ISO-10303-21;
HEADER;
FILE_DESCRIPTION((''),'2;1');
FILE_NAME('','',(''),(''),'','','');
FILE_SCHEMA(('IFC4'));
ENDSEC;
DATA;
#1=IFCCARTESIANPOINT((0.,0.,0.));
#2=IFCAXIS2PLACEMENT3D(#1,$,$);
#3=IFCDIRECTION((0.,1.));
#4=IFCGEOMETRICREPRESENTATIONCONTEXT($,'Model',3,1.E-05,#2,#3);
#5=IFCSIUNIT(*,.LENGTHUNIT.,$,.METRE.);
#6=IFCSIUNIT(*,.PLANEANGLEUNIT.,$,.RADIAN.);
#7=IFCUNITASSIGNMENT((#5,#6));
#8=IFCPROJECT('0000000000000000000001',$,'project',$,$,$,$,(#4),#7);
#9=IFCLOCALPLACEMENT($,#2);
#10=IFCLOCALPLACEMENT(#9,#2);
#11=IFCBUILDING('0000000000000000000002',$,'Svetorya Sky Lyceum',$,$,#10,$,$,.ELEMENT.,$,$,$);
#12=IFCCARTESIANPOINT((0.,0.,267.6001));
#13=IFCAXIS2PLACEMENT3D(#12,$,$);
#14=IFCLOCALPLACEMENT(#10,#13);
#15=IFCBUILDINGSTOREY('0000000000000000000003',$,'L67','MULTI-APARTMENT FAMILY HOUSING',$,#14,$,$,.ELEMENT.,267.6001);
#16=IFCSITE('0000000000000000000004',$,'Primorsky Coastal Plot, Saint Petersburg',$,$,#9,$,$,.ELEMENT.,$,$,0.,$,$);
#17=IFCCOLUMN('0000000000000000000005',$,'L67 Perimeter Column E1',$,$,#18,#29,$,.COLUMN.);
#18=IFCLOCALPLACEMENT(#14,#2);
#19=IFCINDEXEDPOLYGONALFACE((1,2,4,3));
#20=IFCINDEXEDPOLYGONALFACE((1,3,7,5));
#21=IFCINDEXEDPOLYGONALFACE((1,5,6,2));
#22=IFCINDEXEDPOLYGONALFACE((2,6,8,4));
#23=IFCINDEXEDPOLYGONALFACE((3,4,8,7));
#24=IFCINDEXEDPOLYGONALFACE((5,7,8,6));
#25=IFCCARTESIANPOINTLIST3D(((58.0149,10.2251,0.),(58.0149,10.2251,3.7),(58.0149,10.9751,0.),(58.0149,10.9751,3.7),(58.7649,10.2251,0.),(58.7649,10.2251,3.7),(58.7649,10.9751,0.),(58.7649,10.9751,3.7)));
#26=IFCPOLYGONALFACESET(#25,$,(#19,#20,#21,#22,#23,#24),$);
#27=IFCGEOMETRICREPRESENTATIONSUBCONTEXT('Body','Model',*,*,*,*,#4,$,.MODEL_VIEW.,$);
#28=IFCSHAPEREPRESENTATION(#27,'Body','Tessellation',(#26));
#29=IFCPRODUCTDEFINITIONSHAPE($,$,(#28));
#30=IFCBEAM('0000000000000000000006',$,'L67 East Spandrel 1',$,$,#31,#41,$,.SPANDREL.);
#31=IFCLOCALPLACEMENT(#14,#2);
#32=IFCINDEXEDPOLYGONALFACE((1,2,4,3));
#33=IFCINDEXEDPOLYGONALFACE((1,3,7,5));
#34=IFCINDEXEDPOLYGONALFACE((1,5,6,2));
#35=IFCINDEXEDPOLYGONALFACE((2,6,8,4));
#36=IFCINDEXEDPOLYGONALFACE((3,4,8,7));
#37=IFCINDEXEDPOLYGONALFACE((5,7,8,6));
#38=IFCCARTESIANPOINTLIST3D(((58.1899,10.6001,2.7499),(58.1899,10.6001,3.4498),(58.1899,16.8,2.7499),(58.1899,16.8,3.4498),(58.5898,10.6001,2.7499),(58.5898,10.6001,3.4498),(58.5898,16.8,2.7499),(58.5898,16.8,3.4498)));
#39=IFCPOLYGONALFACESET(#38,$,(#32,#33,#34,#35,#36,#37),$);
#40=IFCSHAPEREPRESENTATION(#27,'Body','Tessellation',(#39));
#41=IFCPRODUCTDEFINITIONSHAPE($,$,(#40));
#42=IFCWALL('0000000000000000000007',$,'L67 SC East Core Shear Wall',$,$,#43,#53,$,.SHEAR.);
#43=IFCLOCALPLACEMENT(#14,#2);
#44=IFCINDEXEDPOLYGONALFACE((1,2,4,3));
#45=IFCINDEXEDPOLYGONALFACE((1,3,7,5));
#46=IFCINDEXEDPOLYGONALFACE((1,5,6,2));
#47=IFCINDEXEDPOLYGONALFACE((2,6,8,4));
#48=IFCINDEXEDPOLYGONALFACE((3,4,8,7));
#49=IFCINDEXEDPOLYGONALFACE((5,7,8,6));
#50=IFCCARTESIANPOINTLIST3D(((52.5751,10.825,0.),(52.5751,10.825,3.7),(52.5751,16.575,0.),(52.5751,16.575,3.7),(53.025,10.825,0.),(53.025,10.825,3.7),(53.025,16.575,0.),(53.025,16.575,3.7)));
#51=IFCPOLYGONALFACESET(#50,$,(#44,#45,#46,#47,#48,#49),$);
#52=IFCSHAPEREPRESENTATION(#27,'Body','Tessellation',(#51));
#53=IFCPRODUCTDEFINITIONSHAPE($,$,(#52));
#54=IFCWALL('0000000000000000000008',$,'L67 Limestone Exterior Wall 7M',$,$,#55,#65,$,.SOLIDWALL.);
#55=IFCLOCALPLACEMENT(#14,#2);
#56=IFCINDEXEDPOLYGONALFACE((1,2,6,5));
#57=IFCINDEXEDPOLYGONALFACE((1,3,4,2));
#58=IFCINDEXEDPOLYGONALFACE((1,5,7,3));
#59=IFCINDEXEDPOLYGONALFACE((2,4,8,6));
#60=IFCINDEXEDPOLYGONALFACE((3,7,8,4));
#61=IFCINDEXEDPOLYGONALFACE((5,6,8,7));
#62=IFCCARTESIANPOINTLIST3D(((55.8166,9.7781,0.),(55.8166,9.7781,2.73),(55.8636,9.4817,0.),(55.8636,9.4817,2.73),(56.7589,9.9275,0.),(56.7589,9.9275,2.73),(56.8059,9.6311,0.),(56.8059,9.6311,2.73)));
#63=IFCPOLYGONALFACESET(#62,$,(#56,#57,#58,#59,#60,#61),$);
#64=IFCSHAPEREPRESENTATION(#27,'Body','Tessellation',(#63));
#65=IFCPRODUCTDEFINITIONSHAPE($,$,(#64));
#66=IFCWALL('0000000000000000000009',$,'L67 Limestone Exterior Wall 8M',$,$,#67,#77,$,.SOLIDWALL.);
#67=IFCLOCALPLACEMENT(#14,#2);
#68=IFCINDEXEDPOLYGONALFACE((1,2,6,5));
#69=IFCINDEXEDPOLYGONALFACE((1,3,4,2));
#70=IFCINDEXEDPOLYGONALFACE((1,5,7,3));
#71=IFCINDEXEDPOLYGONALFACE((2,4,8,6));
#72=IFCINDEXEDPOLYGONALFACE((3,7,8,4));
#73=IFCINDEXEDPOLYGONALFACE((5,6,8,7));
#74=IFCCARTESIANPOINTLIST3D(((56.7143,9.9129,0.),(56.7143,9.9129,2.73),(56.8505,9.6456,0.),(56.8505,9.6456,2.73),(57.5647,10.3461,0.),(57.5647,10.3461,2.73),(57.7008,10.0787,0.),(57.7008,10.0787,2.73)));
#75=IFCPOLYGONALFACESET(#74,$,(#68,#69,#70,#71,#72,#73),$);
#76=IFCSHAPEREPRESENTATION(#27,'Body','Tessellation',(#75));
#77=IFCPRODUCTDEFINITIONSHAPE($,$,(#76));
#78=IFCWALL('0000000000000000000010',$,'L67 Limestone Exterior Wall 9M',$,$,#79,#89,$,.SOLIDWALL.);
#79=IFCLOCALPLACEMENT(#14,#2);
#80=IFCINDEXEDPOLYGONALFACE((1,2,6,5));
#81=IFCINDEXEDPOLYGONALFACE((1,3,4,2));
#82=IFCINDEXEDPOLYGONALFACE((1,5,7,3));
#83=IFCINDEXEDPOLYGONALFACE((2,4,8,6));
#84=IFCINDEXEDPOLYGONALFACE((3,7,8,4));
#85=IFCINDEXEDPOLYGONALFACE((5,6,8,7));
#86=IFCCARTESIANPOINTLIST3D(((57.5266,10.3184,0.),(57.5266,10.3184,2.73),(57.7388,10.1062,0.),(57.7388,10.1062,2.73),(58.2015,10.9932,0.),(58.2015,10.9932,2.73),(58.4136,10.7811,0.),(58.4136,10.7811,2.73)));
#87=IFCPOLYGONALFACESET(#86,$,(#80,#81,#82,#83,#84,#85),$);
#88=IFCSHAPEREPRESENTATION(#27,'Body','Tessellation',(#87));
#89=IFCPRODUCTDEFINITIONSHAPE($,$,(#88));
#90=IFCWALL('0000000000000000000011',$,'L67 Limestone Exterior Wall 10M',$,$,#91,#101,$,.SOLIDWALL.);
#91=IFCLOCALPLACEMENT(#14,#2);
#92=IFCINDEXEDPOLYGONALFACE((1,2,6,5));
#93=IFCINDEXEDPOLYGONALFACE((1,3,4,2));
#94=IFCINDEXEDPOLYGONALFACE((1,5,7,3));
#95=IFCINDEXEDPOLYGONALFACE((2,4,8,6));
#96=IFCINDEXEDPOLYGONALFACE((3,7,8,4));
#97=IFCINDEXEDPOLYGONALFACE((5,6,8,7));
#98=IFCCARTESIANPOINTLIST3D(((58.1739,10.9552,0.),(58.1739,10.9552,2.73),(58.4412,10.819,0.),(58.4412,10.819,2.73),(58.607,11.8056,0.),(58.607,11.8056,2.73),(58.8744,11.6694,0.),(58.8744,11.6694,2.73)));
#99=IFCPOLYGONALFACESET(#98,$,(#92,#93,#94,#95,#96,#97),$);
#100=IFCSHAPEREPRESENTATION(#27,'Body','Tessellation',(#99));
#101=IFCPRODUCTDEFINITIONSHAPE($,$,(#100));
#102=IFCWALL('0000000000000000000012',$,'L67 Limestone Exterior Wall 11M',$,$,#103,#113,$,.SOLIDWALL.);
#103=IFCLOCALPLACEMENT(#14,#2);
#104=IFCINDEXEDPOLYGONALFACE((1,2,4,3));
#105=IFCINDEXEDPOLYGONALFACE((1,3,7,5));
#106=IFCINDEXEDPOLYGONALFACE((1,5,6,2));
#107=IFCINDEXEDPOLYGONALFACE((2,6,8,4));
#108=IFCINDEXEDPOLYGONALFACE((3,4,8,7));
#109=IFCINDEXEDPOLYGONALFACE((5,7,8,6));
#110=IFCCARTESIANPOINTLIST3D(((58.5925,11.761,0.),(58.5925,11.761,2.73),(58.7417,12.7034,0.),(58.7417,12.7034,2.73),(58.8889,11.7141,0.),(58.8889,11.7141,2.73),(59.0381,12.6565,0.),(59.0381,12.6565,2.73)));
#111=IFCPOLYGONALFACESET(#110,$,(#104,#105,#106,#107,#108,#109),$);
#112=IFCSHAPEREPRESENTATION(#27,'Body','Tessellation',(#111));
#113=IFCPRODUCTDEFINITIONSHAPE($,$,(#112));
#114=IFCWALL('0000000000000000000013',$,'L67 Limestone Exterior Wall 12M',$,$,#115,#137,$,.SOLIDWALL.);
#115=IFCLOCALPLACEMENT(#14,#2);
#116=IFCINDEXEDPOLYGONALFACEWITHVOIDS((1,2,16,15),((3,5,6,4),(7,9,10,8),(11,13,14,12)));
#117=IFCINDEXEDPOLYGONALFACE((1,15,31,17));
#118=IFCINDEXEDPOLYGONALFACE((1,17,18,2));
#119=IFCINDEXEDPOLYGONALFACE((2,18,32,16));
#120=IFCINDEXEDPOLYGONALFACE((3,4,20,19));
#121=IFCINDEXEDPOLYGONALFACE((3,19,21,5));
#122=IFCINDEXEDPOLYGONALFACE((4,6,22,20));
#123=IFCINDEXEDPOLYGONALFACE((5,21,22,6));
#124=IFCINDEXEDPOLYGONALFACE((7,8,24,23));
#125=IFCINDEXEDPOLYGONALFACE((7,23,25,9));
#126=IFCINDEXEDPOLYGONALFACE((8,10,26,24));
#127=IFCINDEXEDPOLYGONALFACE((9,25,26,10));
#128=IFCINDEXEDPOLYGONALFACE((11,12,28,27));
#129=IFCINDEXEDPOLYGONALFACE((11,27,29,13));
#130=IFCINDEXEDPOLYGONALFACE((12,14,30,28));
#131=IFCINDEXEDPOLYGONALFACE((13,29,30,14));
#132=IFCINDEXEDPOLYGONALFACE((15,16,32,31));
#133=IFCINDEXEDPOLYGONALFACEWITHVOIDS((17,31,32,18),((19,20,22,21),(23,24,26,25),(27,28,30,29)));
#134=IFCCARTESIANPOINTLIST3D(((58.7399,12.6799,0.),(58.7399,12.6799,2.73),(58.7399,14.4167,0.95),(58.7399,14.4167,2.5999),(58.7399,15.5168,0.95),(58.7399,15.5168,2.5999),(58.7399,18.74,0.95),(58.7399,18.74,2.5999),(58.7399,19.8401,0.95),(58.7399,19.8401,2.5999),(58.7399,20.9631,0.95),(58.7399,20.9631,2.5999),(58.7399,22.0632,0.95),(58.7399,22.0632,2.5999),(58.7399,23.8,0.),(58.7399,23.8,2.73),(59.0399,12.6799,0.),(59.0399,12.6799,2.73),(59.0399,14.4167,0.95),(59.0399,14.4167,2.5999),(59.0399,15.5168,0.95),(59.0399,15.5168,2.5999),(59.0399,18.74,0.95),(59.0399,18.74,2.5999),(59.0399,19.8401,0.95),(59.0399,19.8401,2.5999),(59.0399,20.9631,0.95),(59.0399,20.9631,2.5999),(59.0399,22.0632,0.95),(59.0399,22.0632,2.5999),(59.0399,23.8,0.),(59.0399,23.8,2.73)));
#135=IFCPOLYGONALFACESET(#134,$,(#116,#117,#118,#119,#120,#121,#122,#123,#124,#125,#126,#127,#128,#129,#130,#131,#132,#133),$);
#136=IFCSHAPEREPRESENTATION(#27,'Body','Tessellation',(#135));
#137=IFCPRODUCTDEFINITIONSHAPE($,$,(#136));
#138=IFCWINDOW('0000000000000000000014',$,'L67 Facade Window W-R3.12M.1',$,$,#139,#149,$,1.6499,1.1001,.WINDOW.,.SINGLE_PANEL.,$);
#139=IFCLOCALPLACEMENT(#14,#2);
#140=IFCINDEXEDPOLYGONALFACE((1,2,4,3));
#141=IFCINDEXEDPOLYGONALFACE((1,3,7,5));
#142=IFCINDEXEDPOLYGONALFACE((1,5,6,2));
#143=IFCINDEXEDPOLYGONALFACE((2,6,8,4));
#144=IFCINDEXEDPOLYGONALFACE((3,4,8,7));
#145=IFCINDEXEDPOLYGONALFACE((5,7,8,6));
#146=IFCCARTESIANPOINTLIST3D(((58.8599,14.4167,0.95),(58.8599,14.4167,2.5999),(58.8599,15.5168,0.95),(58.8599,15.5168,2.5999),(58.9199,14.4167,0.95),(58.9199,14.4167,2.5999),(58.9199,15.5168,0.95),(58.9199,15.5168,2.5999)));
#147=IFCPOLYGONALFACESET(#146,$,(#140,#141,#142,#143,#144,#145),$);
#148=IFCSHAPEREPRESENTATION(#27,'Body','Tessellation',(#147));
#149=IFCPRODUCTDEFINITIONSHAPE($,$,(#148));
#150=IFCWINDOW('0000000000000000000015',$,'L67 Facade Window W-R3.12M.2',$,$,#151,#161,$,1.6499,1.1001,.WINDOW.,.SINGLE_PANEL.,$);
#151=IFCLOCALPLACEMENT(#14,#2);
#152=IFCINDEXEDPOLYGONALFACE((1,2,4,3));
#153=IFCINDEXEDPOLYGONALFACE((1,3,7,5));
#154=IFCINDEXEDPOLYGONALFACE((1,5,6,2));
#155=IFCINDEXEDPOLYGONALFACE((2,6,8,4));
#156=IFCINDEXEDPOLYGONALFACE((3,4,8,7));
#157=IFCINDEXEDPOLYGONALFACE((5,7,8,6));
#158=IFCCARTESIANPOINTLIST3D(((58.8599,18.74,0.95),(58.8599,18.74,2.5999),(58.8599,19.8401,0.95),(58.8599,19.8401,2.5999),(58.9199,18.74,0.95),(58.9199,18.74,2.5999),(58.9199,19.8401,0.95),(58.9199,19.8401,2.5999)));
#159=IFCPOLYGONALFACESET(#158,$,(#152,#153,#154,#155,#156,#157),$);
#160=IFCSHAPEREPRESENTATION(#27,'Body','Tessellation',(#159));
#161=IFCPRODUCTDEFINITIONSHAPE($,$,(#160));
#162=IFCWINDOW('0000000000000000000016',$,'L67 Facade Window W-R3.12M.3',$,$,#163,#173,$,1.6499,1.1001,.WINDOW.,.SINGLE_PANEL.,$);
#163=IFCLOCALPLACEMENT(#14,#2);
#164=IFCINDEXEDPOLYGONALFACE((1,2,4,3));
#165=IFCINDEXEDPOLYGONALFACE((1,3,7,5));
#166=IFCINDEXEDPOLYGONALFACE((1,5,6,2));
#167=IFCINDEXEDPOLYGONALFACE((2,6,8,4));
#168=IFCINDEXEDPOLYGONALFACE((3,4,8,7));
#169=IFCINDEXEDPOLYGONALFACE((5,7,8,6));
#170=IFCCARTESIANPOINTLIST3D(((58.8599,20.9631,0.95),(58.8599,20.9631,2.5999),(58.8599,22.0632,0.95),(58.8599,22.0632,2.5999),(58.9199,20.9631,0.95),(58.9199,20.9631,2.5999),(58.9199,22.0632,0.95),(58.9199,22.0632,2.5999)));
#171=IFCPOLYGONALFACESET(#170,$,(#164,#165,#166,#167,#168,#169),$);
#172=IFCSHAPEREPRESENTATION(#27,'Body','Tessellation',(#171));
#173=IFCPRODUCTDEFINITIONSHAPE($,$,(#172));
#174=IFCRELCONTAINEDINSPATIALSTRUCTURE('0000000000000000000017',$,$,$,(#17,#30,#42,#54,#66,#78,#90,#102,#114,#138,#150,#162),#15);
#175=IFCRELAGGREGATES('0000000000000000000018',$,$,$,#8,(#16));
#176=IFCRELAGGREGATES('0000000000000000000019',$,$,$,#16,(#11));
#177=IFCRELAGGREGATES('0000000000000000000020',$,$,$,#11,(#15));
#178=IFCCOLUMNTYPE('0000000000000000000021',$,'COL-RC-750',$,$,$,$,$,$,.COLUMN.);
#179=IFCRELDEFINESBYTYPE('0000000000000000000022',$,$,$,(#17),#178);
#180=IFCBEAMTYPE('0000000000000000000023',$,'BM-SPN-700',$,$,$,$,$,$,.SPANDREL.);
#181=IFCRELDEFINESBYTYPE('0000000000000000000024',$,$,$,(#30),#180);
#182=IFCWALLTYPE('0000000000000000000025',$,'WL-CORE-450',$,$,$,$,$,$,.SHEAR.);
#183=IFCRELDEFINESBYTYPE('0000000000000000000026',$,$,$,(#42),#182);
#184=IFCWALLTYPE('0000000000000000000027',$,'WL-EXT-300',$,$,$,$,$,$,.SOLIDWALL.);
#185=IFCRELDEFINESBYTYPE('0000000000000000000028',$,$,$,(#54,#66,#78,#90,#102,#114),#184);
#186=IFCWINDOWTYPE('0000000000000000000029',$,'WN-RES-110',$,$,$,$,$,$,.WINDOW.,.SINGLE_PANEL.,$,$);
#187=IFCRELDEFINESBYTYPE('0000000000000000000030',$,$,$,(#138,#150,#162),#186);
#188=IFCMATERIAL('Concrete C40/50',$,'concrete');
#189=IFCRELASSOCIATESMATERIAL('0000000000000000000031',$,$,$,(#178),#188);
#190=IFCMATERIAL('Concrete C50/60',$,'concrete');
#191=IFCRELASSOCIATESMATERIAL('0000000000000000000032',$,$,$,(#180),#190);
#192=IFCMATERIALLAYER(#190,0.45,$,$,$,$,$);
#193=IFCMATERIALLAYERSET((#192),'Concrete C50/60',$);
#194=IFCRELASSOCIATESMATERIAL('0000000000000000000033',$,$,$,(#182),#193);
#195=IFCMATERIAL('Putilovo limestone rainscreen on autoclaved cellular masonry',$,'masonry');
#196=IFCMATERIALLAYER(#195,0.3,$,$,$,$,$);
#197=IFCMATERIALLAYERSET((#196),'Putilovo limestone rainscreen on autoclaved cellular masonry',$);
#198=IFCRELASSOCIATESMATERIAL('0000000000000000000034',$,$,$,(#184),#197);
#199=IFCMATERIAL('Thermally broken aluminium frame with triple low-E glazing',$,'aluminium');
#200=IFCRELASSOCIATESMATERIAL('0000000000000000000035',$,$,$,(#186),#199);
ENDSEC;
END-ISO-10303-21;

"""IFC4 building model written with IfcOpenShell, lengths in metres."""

from ifc_helpers import new_model, si_unit, direction, frame, frame_2d, origin, origin_2d, place, context, subcontext, project, spatial, rectangle, extrude, material, layer, layer_set, material_profile, profile_set, type_object, element, fill, save


model = new_model("IFC4")

# Units and contexts
model_context = context("Model", 3, precision=1e-05, world=origin(), true_north=direction((0.0, 1.0)))
body_context = subcontext(model_context, "Body", "Model", "MODEL_VIEW")
ifc_project = project(units=[si_unit("LENGTHUNIT", "METRE"), si_unit("PLANEANGLEUNIT", "RADIAN")], contexts=[model_context])

# Site, building, storey
site_placement = place(None, origin())
site = spatial("IfcSite", under=ifc_project, at=site_placement, Name="Primorsky Coastal Plot, Saint Petersburg", CompositionType="ELEMENT", RefElevation=0.0)
building_placement = place(site_placement, origin())
building = spatial("IfcBuilding", under=site, at=building_placement, Name="Svetorya Sky Lyceum", CompositionType="ELEMENT")
storey_placement = place(building_placement, frame((0.0, 0.0, 267.6001)))
storey = spatial("IfcBuildingStorey", under=building, at=storey_placement, Name="L67", Description="MULTI-APARTMENT FAMILY HOUSING", CompositionType="ELEMENT", Elevation=267.6001)

# Column
ifc_material_1 = material(Name="Concrete C40/50", Category="concrete")
ifc_material_profile_1 = material_profile(ifc_material_1, rectangle(XDim=0.75, YDim=0.75, at=origin_2d()), Name="RC COL 750x750")
ifc_profile_set_1 = profile_set([ifc_material_profile_1], Name="Concrete C40/50")
column_type = type_object("IfcColumnType", Name="COL-RC-750", PredefinedType="COLUMN", material=ifc_profile_set_1)
column_placement = place(storey_placement, frame((58.3899, 10.6001, 0.0), z_axis=(0.0, 0.0, 1.0), x_axis=(1.0, 0.0, 0.0)))
element("IfcColumn", 1, at=column_placement, inside=storey, type_object=column_type, Name="L67 Perimeter Column E1", PredefinedType="COLUMN", context=body_context, shape_type="SweptSolid", body=[
    extrude(rectangle(XDim=0.75, YDim=0.75, at=origin_2d()), origin(), (0.0, 0.0, 1.0), 3.7),
])

# Beam
ifc_material_2 = material(Name="Concrete C50/60", Category="concrete")
ifc_material_profile_2 = material_profile(ifc_material_2, rectangle(XDim=0.3999, YDim=0.7, at=origin_2d()), Name="RC SPANDREL 400x700")
ifc_profile_set_2 = profile_set([ifc_material_profile_2], Name="Concrete C50/60")
beam_type = type_object("IfcBeamType", Name="BM-SPN-700", PredefinedType="SPANDREL", material=ifc_profile_set_2)
beam_placement = place(storey_placement, frame((58.3899, 10.6001, 3.0999), z_axis=(0.0, 1.0, 0.0), x_axis=(-1.0, 0.0, 0.0)))
element("IfcBeam", 2, at=beam_placement, inside=storey, type_object=beam_type, Name="L67 East Spandrel 1", PredefinedType="SPANDREL", context=body_context, shape_type="SweptSolid", body=[
    extrude(rectangle(XDim=0.3999, YDim=0.7, at=origin_2d()), origin(), (0.0, 0.0, 1.0), 6.2),
])

# Walls
ifc_layer_1 = layer(ifc_material_2, 0.45)
ifc_layer_set_1 = layer_set([ifc_layer_1], Name="Concrete C50/60")
wall_type_1 = type_object("IfcWallType", Name="WL-CORE-450", PredefinedType="SHEAR", material=ifc_layer_set_1)
wall_1_placement = place(storey_placement, frame((52.8, 10.825, 0.0), z_axis=(0.0, 0.0, 1.0), x_axis=(0.0, 1.0, 0.0)))
element("IfcWall", 3, at=wall_1_placement, inside=storey, type_object=wall_type_1, Name="L67 SC East Core Shear Wall", PredefinedType="SHEAR", context=body_context, shape_type="SweptSolid", body=[
    extrude(rectangle(XDim=5.75, YDim=0.45, at=frame_2d((2.875, 0.0))), origin(), (0.0, 0.0, 1.0), 3.7),
])
ifc_material_3 = material(Name="Putilovo limestone rainscreen on autoclaved cellular masonry", Category="masonry")
ifc_layer_2 = layer(ifc_material_3, 0.3)
ifc_layer_set_2 = layer_set([ifc_layer_2], Name="Putilovo limestone rainscreen on autoclaved cellular masonry")
wall_type_2 = type_object("IfcWallType", Name="WL-EXT-300", PredefinedType="SOLIDWALL", material=ifc_layer_set_2)
wall_2_placement = place(storey_placement, frame((55.8401, 9.6299, 0.0), z_axis=(0.0, 0.0, 1.0), x_axis=(0.987663, 0.156593, 0.0)))
element("IfcWall", 4, at=wall_2_placement, inside=storey, type_object=wall_type_2, Name="L67 Limestone Exterior Wall 7M", PredefinedType="SOLIDWALL", context=body_context, shape_type="SweptSolid", body=[
    extrude(rectangle(XDim=0.9541, YDim=0.3, at=frame_2d((0.4771, 0.0))), origin(), (0.0, 0.0, 1.0), 2.73),
])
for number, where, z_axis, x_axis, name in (
    (5, (56.7825, 9.7793, 0.0), (0.0, 0.0, 1.0), (0.891077, 0.453853, 0.0), "L67 Limestone Exterior Wall 8M"),
    (6, (57.6328, 10.2124, 0.0), (0.0, 0.0, 1.0), (0.707107, 0.707107, 0.0), "L67 Limestone Exterior Wall 9M"),
    (7, (58.3076, 10.8872, 0.0), (0.0, 0.0, 1.0), (0.453853, 0.891077, 0.0), "L67 Limestone Exterior Wall 10M"),
):
    element("IfcWall", number, at=place(storey_placement, frame(where, z_axis=z_axis, x_axis=x_axis)), inside=storey, type_object=wall_type_2, Name=name, PredefinedType="SOLIDWALL", context=body_context, shape_type="SweptSolid", body=[
        extrude(rectangle(XDim=0.9543, YDim=0.3, at=frame_2d((0.4771, 0.0))), origin(), (0.0, 0.0, 1.0), 2.73),
    ])
wall_3_placement = place(storey_placement, frame((58.7407, 11.7375, 0.0), z_axis=(0.0, 0.0, 1.0), x_axis=(0.156344, 0.987703, 0.0)))
element("IfcWall", 8, at=wall_3_placement, inside=storey, type_object=wall_type_2, Name="L67 Limestone Exterior Wall 11M", PredefinedType="SOLIDWALL", context=body_context, shape_type="SweptSolid", body=[
    extrude(rectangle(XDim=0.9541, YDim=0.3, at=frame_2d((0.4771, 0.0))), origin(), (0.0, 0.0, 1.0), 2.73),
])

# Wall, openings, windows
wall_4_placement = place(storey_placement, frame((58.8899, 12.6799, 0.0), z_axis=(0.0, 0.0, 1.0), x_axis=(0.0, 1.0, 0.0)))
wall_4 = element("IfcWall", 9, at=wall_4_placement, inside=storey, type_object=wall_type_2, Name="L67 Limestone Exterior Wall 12M", PredefinedType="SOLIDWALL", context=body_context, shape_type="SweptSolid", body=[
    extrude(rectangle(XDim=11.1201, YDim=0.3, at=frame_2d((5.5601, 0.0))), origin(), (0.0, 0.0, 1.0), 2.73),
])
opening_1_placement = place(wall_4_placement, frame((1.7368, 0.0, 0.95)))
opening_1 = element("IfcOpeningElement", 10, at=opening_1_placement, cuts=wall_4, PredefinedType="OPENING", context=body_context, shape_type="SweptSolid", body=[
    extrude(rectangle(XDim=1.1001, YDim=1.6499, at=frame_2d((0.55, 0.825))), frame((0.0, 0.1599, 0.0), z_axis=(0.0, -1.0, 0.0), x_axis=(1.0, 0.0, 0.0)), (0.0, 0.0, 1.0), 0.3201),
])
opening_2_placement = place(wall_4_placement, frame((6.0601, 0.0, 0.95)))
opening_2 = element("IfcOpeningElement", 11, at=opening_2_placement, cuts=wall_4, PredefinedType="OPENING", context=body_context, shape_type="SweptSolid", body=[
    extrude(rectangle(XDim=1.1001, YDim=1.6499, at=frame_2d((0.55, 0.825))), frame((0.0, 0.1599, 0.0), z_axis=(0.0, -1.0, 0.0), x_axis=(1.0, 0.0, 0.0)), (0.0, 0.0, 1.0), 0.3201),
])
opening_3_placement = place(wall_4_placement, frame((8.2832, 0.0, 0.95)))
opening_3 = element("IfcOpeningElement", 12, at=opening_3_placement, cuts=wall_4, PredefinedType="OPENING", context=body_context, shape_type="SweptSolid", body=[
    extrude(rectangle(XDim=1.1001, YDim=1.6499, at=frame_2d((0.55, 0.825))), frame((0.0, 0.1599, 0.0), z_axis=(0.0, -1.0, 0.0), x_axis=(1.0, 0.0, 0.0)), (0.0, 0.0, 1.0), 0.3201),
])
ifc_material_4 = material(Name="Thermally broken aluminium frame with triple low-E glazing", Category="aluminium")
window_type = type_object("IfcWindowType", Name="WN-RES-110", PartitioningType="SINGLE_PANEL", PredefinedType="WINDOW", material=ifc_material_4)
window_1_placement = place(opening_1_placement, origin())
window_1 = element("IfcWindow", 13, at=window_1_placement, inside=storey, type_object=window_type, Name="L67 Facade Window W-R3.12M.1", OverallHeight=1.6499, OverallWidth=1.1001, PartitioningType="SINGLE_PANEL", PredefinedType="WINDOW", context=body_context, shape_type="SweptSolid", body=[
    extrude(rectangle(XDim=1.1001, YDim=1.6499, at=frame_2d((0.55, 0.825))), frame((0.0, 0.03, 0.0), z_axis=(0.0, -1.0, 0.0), x_axis=(1.0, 0.0, 0.0)), (0.0, 0.0, 1.0), 0.0601),
])
fill(opening_1, window_1)
window_2_placement = place(opening_2_placement, origin())
window_2 = element("IfcWindow", 14, at=window_2_placement, inside=storey, type_object=window_type, Name="L67 Facade Window W-R3.12M.2", OverallHeight=1.6499, OverallWidth=1.1001, PartitioningType="SINGLE_PANEL", PredefinedType="WINDOW", context=body_context, shape_type="SweptSolid", body=[
    extrude(rectangle(XDim=1.1001, YDim=1.6499, at=frame_2d((0.55, 0.825))), frame((0.0, 0.03, 0.0), z_axis=(0.0, -1.0, 0.0), x_axis=(1.0, 0.0, 0.0)), (0.0, 0.0, 1.0), 0.0601),
])
fill(opening_2, window_2)
window_3_placement = place(opening_3_placement, origin())
window_3 = element("IfcWindow", 15, at=window_3_placement, inside=storey, type_object=window_type, Name="L67 Facade Window W-R3.12M.3", OverallHeight=1.6499, OverallWidth=1.1001, PartitioningType="SINGLE_PANEL", PredefinedType="WINDOW", context=body_context, shape_type="SweptSolid", body=[
    extrude(rectangle(XDim=1.1001, YDim=1.6499, at=frame_2d((0.55, 0.825))), frame((0.0, 0.03, 0.0), z_axis=(0.0, -1.0, 0.0), x_axis=(1.0, 0.0, 0.0)), (0.0, 0.0, 1.0), 0.0601),
])
fill(opening_3, window_3)

save(model, "model.ifc")
